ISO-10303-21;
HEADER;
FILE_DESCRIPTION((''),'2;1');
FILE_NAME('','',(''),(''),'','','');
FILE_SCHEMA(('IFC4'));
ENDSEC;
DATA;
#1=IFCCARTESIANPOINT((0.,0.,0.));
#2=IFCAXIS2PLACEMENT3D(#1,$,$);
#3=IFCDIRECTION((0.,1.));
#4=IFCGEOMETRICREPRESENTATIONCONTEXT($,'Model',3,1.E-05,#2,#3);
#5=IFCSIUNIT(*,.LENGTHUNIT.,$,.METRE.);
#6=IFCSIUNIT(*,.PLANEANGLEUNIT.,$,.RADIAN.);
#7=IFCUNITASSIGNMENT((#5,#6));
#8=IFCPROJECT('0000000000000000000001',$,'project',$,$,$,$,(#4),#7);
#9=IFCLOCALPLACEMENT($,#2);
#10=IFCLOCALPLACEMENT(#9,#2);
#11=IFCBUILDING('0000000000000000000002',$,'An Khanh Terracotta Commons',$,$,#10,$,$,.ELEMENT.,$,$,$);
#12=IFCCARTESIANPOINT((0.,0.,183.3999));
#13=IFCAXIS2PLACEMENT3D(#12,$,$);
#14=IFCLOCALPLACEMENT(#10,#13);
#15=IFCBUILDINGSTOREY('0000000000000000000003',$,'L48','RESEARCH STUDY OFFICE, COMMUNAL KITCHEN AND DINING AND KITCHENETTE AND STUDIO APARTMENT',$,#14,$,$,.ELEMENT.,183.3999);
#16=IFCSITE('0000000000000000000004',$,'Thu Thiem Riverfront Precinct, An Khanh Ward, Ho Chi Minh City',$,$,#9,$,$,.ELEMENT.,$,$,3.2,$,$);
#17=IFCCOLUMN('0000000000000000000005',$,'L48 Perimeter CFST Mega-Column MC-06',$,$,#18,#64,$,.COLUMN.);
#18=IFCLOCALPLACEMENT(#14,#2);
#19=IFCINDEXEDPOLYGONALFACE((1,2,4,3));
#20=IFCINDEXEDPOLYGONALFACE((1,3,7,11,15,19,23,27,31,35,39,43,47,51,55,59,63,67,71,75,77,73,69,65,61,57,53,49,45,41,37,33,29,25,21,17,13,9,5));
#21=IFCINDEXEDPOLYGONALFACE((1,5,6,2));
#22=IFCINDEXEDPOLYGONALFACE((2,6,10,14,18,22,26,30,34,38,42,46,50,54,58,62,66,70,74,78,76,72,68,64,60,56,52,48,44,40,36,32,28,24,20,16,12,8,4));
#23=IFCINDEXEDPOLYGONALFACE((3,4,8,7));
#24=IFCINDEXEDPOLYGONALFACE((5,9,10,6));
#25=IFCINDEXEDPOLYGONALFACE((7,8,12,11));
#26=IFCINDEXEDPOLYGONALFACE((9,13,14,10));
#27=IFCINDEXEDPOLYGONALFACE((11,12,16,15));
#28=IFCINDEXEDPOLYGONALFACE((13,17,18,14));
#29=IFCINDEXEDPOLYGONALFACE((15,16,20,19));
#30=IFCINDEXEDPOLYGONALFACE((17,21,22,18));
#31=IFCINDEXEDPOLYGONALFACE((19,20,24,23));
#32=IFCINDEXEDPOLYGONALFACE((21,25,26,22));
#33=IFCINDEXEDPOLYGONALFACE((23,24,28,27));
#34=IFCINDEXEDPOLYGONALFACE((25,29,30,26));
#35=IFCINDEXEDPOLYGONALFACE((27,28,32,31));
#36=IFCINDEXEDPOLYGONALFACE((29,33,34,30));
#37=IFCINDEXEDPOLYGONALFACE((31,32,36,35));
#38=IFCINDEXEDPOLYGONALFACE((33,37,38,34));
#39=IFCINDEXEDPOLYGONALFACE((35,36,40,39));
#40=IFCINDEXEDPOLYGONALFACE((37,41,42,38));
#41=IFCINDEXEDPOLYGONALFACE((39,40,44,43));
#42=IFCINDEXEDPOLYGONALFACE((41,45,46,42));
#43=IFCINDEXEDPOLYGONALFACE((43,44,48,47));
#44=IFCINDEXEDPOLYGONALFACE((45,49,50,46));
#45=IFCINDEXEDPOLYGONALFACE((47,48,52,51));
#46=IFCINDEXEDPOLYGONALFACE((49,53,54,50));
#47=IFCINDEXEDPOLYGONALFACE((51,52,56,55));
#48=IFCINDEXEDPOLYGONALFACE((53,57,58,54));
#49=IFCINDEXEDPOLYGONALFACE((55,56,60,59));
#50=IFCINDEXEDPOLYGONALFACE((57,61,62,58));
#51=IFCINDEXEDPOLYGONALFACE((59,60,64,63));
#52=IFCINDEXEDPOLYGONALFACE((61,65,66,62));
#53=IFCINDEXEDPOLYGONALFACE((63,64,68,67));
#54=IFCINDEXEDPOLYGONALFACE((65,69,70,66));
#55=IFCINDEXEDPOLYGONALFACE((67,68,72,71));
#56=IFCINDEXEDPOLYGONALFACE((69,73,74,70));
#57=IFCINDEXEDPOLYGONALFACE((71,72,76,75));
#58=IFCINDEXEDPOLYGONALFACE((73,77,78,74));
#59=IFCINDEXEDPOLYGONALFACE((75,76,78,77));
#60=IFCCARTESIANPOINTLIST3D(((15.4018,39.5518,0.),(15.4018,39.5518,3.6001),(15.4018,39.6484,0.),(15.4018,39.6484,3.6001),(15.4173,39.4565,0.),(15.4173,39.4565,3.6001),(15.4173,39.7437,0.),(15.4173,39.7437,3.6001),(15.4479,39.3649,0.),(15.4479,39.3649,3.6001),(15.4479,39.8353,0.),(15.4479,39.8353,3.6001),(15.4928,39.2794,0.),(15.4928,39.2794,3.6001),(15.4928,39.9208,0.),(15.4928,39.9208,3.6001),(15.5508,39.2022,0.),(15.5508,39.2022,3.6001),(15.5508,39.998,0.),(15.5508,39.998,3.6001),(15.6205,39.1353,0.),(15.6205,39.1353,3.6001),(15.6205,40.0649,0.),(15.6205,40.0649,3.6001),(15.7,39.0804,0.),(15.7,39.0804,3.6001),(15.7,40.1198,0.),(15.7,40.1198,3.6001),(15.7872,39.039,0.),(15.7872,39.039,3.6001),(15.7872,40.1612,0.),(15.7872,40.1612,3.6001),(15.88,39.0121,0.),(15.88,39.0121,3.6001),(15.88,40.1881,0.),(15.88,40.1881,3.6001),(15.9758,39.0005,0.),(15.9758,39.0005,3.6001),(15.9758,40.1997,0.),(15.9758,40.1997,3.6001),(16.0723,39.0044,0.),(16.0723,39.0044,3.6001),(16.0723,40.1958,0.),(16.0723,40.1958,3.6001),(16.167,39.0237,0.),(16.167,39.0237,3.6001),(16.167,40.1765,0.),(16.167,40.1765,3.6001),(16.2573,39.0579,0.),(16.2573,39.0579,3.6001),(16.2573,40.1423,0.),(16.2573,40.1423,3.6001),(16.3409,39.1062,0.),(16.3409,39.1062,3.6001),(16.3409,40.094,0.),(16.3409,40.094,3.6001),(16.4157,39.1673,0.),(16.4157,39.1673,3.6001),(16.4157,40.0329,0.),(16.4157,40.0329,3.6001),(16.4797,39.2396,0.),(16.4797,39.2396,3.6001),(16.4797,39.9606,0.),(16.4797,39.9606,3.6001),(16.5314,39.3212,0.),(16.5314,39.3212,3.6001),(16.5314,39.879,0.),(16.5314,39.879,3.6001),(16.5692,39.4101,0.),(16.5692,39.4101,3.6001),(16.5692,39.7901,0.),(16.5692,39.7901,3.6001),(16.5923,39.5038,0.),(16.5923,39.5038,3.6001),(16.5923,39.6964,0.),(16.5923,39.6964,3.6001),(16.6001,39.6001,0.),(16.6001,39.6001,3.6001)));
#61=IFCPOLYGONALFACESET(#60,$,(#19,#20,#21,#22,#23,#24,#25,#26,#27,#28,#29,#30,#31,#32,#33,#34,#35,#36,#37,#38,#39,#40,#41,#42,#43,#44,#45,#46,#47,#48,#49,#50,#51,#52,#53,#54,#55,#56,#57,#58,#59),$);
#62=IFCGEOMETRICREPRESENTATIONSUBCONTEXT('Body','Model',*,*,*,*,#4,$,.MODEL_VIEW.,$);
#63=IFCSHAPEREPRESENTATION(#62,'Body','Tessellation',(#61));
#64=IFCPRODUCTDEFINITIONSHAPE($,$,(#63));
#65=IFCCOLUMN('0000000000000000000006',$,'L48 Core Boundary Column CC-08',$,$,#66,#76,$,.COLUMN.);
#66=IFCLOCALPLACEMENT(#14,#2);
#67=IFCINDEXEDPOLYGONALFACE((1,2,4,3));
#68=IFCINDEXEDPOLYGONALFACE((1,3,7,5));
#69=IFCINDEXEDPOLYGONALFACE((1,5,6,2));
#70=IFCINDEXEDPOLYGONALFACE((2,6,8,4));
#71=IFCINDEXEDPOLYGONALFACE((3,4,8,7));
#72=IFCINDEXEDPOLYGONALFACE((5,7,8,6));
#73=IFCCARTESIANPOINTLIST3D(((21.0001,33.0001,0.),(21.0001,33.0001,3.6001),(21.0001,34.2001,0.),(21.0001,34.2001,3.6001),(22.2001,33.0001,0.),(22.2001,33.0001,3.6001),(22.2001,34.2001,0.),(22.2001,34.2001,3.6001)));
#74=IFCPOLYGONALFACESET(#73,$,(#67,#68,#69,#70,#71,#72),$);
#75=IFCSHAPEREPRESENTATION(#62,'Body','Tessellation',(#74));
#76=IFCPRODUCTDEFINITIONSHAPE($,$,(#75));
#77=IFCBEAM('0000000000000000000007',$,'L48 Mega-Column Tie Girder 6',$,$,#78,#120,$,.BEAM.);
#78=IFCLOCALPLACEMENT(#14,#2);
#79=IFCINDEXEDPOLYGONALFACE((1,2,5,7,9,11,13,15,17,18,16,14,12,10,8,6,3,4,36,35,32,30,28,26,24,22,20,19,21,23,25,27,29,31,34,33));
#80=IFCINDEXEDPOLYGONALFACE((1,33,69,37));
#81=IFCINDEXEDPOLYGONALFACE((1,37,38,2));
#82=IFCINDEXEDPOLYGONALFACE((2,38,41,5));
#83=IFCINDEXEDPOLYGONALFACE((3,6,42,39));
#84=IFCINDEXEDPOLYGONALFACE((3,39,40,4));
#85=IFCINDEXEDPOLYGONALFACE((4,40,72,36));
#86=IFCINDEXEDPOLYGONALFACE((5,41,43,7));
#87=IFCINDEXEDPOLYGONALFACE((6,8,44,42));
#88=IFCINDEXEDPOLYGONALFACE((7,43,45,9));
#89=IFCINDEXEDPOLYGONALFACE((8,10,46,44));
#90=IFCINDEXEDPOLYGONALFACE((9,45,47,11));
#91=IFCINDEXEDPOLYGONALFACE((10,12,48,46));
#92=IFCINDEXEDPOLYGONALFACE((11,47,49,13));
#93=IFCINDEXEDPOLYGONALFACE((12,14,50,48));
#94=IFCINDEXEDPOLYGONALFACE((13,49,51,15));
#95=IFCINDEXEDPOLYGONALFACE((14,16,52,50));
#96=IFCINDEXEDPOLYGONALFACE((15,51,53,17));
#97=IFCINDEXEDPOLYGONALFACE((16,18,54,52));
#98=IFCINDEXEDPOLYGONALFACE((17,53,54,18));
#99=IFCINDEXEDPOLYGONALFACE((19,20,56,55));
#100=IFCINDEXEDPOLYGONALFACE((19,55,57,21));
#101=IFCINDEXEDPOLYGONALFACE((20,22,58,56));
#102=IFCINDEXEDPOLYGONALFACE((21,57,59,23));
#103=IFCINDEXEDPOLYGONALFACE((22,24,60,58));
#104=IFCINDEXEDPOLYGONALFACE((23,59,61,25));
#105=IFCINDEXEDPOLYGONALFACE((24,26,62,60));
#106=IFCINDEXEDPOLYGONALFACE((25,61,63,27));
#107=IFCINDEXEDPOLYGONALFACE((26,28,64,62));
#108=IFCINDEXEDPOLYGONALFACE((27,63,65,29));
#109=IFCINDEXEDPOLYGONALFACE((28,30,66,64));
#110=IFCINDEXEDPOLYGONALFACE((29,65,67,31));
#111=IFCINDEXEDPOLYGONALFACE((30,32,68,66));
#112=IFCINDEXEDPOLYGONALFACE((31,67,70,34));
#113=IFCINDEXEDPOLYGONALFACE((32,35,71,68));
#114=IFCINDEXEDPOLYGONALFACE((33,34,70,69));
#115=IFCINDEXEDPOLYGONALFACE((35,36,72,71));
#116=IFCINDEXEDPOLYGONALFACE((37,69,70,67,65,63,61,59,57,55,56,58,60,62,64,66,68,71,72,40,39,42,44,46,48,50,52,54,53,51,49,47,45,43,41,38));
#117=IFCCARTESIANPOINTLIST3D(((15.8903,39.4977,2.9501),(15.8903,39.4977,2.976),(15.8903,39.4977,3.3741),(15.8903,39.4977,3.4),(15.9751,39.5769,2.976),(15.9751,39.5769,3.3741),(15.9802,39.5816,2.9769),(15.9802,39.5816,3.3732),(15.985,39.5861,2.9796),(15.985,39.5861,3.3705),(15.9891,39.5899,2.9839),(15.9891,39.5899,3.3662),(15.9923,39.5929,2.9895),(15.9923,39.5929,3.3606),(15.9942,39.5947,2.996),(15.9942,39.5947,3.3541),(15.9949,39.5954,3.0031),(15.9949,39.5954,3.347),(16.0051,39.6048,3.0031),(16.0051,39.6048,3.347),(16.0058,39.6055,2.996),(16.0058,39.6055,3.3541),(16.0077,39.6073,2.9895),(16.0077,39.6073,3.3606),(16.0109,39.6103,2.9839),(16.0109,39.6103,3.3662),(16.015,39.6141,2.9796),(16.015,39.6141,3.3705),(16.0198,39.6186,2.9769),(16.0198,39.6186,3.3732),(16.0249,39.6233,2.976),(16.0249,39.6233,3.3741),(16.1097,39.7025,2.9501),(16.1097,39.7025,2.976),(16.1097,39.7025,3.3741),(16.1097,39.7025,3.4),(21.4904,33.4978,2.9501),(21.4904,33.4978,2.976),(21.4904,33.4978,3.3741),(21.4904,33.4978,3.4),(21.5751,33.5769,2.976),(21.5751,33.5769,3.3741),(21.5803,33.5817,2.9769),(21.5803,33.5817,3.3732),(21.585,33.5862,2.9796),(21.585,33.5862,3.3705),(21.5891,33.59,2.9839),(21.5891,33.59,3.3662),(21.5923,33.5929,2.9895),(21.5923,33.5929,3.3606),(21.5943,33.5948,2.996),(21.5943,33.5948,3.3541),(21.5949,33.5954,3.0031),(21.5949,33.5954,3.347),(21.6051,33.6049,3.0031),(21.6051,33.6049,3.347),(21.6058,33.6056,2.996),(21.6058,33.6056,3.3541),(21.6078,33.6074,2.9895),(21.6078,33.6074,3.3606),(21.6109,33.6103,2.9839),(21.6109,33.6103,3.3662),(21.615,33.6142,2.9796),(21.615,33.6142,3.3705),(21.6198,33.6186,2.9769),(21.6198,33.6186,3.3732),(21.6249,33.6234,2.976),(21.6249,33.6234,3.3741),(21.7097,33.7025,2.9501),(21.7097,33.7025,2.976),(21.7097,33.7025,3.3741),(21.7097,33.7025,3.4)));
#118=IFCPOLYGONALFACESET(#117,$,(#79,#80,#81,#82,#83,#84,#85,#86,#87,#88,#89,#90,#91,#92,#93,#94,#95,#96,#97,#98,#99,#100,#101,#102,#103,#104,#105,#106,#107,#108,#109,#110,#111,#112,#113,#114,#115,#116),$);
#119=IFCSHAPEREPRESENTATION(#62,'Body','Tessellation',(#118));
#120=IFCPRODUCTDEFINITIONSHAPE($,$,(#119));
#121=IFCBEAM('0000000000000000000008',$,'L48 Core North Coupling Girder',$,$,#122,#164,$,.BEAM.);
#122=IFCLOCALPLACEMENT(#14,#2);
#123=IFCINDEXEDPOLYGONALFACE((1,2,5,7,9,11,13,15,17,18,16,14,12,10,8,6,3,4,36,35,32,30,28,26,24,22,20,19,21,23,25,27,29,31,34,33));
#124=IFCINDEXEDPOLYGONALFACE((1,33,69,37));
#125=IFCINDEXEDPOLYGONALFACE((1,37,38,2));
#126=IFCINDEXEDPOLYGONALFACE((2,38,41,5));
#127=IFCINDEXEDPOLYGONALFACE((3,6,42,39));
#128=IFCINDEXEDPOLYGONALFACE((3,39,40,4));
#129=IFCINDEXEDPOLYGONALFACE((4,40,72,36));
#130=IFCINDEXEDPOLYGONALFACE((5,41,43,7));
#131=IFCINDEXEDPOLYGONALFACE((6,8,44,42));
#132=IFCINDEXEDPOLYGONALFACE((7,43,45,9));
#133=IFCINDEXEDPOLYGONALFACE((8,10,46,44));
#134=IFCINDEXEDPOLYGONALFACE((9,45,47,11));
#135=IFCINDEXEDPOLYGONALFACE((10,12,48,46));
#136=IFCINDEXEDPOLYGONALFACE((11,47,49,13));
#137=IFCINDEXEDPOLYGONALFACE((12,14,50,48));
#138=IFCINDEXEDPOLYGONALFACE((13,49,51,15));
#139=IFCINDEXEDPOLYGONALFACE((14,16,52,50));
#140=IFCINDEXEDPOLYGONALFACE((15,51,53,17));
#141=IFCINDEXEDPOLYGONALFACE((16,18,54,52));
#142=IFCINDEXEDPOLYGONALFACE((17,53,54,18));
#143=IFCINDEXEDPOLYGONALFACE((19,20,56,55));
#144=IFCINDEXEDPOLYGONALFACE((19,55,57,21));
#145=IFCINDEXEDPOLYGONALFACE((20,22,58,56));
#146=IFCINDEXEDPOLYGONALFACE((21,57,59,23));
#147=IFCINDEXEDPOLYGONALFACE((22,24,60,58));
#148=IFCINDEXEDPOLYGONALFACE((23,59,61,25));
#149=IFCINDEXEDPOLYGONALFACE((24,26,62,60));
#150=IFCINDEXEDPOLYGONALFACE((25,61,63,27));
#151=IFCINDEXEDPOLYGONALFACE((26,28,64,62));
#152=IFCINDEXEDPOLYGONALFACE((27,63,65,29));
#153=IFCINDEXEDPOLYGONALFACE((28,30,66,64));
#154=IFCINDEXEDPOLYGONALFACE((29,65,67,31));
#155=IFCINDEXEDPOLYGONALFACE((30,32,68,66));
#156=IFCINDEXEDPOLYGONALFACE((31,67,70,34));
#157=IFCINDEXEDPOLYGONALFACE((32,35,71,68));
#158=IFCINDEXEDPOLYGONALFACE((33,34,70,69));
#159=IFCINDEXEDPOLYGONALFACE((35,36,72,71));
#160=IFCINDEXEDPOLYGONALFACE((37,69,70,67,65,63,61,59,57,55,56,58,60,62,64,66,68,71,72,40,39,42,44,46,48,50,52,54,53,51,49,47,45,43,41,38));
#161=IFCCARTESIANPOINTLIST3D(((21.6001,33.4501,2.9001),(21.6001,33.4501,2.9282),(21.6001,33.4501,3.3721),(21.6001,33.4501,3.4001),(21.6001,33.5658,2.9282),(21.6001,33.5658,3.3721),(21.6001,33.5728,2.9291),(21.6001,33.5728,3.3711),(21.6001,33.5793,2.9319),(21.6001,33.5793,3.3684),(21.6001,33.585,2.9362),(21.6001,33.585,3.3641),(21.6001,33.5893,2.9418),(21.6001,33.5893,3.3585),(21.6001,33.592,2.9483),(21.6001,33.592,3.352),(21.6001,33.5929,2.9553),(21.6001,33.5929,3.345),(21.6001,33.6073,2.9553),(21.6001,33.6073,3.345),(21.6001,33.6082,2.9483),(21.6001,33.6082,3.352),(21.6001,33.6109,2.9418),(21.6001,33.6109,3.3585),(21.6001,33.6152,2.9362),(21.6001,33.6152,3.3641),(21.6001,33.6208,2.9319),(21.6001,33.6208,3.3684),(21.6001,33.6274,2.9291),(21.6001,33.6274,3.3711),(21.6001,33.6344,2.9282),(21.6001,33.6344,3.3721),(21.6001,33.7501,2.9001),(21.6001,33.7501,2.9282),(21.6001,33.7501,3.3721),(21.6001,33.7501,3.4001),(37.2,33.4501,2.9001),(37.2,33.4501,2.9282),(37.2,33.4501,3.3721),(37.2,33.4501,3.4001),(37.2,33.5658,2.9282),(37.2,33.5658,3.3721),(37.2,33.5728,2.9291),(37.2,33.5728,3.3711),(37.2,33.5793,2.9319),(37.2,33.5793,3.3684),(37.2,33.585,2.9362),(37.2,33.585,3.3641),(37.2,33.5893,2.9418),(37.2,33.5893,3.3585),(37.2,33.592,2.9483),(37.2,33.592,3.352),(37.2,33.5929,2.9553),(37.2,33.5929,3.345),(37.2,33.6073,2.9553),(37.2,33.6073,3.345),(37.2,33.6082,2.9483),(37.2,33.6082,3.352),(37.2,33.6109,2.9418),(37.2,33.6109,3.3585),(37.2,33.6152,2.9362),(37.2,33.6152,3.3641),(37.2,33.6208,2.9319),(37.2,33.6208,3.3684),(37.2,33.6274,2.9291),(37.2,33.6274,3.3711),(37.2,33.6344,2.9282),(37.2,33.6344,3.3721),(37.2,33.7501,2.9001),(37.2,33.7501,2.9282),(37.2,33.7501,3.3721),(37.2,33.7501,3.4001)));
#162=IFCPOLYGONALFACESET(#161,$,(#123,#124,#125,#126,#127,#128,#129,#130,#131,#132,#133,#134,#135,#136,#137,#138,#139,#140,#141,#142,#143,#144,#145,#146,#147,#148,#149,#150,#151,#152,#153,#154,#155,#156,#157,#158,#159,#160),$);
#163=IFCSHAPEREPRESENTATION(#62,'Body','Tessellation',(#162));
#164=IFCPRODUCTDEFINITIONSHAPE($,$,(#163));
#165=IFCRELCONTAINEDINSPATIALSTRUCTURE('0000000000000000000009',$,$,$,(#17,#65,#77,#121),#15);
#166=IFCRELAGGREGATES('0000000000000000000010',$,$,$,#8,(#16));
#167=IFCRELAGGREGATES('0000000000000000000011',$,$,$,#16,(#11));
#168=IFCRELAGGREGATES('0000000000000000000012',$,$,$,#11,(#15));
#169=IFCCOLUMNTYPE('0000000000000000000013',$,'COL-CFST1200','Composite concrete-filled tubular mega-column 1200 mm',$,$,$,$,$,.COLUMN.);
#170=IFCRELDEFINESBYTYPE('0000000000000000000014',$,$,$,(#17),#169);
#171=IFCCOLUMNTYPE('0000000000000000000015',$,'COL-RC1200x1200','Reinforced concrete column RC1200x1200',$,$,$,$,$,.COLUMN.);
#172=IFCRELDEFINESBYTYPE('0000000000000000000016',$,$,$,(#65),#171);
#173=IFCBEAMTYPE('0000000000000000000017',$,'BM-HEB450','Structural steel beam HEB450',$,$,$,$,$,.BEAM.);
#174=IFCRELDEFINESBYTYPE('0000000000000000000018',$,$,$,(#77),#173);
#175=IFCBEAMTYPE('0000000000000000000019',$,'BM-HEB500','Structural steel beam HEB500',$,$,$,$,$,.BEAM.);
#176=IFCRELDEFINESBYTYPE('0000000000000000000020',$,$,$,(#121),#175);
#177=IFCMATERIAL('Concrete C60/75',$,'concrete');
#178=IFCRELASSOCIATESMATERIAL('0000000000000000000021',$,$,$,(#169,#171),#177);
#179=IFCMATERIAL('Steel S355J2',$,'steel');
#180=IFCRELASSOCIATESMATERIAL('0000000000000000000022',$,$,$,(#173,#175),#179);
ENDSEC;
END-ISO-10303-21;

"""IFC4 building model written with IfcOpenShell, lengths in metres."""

from ifc_helpers import new_model, si_unit, direction, frame, origin, origin_2d, place, context, subcontext, project, spatial, rectangle, circle, i_section, extrude, material, material_profile, profile_set, type_object, element, save


model = new_model("IFC4")

# Units and contexts
model_context = context("Model", 3, precision=1e-05, world=origin(), true_north=direction((0.0, 1.0)))
body_context = subcontext(model_context, "Body", "Model", "MODEL_VIEW")
ifc_project = project(units=[si_unit("LENGTHUNIT", "METRE"), si_unit("PLANEANGLEUNIT", "RADIAN")], contexts=[model_context])

# Site, building, storey
site_placement = place(None, origin())
site = spatial("IfcSite", under=ifc_project, at=site_placement, Name="Thu Thiem Riverfront Precinct, An Khanh Ward, Ho Chi Minh City", CompositionType="ELEMENT", RefElevation=3.2)
building_placement = place(site_placement, origin())
building = spatial("IfcBuilding", under=site, at=building_placement, Name="An Khanh Terracotta Commons", CompositionType="ELEMENT")
storey_placement = place(building_placement, frame((0.0, 0.0, 183.3999)))
storey = spatial("IfcBuildingStorey", under=building, at=storey_placement, Name="L48", Description="RESEARCH STUDY OFFICE, COMMUNAL KITCHEN AND DINING AND KITCHENETTE AND STUDIO APARTMENT", CompositionType="ELEMENT", Elevation=183.3999)

# Columns
ifc_material_1 = material(Name="Concrete C60/75", Category="concrete")
ifc_material_profile_1 = material_profile(ifc_material_1, circle(Radius=0.6001, at=origin_2d()), Name="CFST1200")
ifc_profile_set_1 = profile_set([ifc_material_profile_1], Name="Concrete C60/75")
column_type_1 = type_object("IfcColumnType", Name="COL-CFST1200", Description="Composite concrete-filled tubular mega-column 1200 mm", PredefinedType="COLUMN", material=ifc_profile_set_1)
column_1_placement = place(storey_placement, frame((16.0, 39.6001, 0.0), z_axis=(0.0, 0.0, 1.0), x_axis=(1.0, 0.0, 0.0)))
element("IfcColumn", 1, at=column_1_placement, inside=storey, type_object=column_type_1, Name="L48 Perimeter CFST Mega-Column MC-06", PredefinedType="COLUMN", context=body_context, shape_type="SweptSolid", body=[
    extrude(circle(Radius=0.6001, at=origin_2d()), origin(), (0.0, 0.0, 1.0), 3.6001),
])
ifc_material_profile_2 = material_profile(ifc_material_1, rectangle(XDim=1.2, YDim=1.2, at=origin_2d()), Name="RC1200x1200")
ifc_profile_set_2 = profile_set([ifc_material_profile_2], Name="Concrete C60/75")
column_type_2 = type_object("IfcColumnType", Name="COL-RC1200x1200", Description="Reinforced concrete column RC1200x1200", PredefinedType="COLUMN", material=ifc_profile_set_2)
column_2_placement = place(storey_placement, frame((21.6001, 33.6001, 0.0), z_axis=(0.0, 0.0, 1.0), x_axis=(1.0, 0.0, 0.0)))
element("IfcColumn", 2, at=column_2_placement, inside=storey, type_object=column_type_2, Name="L48 Core Boundary Column CC-08", PredefinedType="COLUMN", context=body_context, shape_type="SweptSolid", body=[
    extrude(rectangle(XDim=1.2, YDim=1.2, at=origin_2d()), origin(), (0.0, 0.0, 1.0), 3.6001),
])

# Beams
ifc_material_2 = material(Name="Steel S355J2", Category="steel")
ifc_material_profile_3 = material_profile(ifc_material_2, i_section(OverallWidth=0.3, OverallDepth=0.45, WebThickness=0.0139, FlangeThickness=0.0259, FilletRadius=0.0271, at=origin_2d()), Name="HEB450")
ifc_profile_set_3 = profile_set([ifc_material_profile_3], Name="Steel S355J2")
beam_type_1 = type_object("IfcBeamType", Name="BM-HEB450", Description="Structural steel beam HEB450", PredefinedType="BEAM", material=ifc_profile_set_3)
beam_1_placement = place(storey_placement, frame((16.0, 39.6001, 3.175), z_axis=(0.682325, -0.731049, 0.0), x_axis=(0.731049, 0.682325, 0.0)))
element("IfcBeam", 3, at=beam_1_placement, inside=storey, type_object=beam_type_1, Name="L48 Mega-Column Tie Girder 6", PredefinedType="BEAM", context=body_context, shape_type="SweptSolid", body=[
    extrude(i_section(OverallWidth=0.3, OverallDepth=0.45, WebThickness=0.0139, FlangeThickness=0.0259, FilletRadius=0.0271, at=origin_2d()), origin(), (0.0, 0.0, 1.0), 8.2073),
])
ifc_material_profile_4 = material_profile(ifc_material_2, i_section(OverallWidth=0.3, OverallDepth=0.5, WebThickness=0.0144, FlangeThickness=0.0281, FilletRadius=0.0271, at=origin_2d()), Name="HEB500")
ifc_profile_set_4 = profile_set([ifc_material_profile_4], Name="Steel S355J2")
beam_type_2 = type_object("IfcBeamType", Name="BM-HEB500", Description="Structural steel beam HEB500", PredefinedType="BEAM", material=ifc_profile_set_4)
beam_2_placement = place(storey_placement, frame((21.6001, 33.6001, 3.1501), z_axis=(1.0, 0.0, 0.0), x_axis=(0.0, 1.0, 0.0)))
element("IfcBeam", 4, at=beam_2_placement, inside=storey, type_object=beam_type_2, Name="L48 Core North Coupling Girder", PredefinedType="BEAM", context=body_context, shape_type="SweptSolid", body=[
    extrude(i_section(OverallWidth=0.3, OverallDepth=0.5, WebThickness=0.0144, FlangeThickness=0.0281, FilletRadius=0.0271, at=origin_2d()), origin(), (0.0, 0.0, 1.0), 15.5999),
])

save(model, "model.ifc")
